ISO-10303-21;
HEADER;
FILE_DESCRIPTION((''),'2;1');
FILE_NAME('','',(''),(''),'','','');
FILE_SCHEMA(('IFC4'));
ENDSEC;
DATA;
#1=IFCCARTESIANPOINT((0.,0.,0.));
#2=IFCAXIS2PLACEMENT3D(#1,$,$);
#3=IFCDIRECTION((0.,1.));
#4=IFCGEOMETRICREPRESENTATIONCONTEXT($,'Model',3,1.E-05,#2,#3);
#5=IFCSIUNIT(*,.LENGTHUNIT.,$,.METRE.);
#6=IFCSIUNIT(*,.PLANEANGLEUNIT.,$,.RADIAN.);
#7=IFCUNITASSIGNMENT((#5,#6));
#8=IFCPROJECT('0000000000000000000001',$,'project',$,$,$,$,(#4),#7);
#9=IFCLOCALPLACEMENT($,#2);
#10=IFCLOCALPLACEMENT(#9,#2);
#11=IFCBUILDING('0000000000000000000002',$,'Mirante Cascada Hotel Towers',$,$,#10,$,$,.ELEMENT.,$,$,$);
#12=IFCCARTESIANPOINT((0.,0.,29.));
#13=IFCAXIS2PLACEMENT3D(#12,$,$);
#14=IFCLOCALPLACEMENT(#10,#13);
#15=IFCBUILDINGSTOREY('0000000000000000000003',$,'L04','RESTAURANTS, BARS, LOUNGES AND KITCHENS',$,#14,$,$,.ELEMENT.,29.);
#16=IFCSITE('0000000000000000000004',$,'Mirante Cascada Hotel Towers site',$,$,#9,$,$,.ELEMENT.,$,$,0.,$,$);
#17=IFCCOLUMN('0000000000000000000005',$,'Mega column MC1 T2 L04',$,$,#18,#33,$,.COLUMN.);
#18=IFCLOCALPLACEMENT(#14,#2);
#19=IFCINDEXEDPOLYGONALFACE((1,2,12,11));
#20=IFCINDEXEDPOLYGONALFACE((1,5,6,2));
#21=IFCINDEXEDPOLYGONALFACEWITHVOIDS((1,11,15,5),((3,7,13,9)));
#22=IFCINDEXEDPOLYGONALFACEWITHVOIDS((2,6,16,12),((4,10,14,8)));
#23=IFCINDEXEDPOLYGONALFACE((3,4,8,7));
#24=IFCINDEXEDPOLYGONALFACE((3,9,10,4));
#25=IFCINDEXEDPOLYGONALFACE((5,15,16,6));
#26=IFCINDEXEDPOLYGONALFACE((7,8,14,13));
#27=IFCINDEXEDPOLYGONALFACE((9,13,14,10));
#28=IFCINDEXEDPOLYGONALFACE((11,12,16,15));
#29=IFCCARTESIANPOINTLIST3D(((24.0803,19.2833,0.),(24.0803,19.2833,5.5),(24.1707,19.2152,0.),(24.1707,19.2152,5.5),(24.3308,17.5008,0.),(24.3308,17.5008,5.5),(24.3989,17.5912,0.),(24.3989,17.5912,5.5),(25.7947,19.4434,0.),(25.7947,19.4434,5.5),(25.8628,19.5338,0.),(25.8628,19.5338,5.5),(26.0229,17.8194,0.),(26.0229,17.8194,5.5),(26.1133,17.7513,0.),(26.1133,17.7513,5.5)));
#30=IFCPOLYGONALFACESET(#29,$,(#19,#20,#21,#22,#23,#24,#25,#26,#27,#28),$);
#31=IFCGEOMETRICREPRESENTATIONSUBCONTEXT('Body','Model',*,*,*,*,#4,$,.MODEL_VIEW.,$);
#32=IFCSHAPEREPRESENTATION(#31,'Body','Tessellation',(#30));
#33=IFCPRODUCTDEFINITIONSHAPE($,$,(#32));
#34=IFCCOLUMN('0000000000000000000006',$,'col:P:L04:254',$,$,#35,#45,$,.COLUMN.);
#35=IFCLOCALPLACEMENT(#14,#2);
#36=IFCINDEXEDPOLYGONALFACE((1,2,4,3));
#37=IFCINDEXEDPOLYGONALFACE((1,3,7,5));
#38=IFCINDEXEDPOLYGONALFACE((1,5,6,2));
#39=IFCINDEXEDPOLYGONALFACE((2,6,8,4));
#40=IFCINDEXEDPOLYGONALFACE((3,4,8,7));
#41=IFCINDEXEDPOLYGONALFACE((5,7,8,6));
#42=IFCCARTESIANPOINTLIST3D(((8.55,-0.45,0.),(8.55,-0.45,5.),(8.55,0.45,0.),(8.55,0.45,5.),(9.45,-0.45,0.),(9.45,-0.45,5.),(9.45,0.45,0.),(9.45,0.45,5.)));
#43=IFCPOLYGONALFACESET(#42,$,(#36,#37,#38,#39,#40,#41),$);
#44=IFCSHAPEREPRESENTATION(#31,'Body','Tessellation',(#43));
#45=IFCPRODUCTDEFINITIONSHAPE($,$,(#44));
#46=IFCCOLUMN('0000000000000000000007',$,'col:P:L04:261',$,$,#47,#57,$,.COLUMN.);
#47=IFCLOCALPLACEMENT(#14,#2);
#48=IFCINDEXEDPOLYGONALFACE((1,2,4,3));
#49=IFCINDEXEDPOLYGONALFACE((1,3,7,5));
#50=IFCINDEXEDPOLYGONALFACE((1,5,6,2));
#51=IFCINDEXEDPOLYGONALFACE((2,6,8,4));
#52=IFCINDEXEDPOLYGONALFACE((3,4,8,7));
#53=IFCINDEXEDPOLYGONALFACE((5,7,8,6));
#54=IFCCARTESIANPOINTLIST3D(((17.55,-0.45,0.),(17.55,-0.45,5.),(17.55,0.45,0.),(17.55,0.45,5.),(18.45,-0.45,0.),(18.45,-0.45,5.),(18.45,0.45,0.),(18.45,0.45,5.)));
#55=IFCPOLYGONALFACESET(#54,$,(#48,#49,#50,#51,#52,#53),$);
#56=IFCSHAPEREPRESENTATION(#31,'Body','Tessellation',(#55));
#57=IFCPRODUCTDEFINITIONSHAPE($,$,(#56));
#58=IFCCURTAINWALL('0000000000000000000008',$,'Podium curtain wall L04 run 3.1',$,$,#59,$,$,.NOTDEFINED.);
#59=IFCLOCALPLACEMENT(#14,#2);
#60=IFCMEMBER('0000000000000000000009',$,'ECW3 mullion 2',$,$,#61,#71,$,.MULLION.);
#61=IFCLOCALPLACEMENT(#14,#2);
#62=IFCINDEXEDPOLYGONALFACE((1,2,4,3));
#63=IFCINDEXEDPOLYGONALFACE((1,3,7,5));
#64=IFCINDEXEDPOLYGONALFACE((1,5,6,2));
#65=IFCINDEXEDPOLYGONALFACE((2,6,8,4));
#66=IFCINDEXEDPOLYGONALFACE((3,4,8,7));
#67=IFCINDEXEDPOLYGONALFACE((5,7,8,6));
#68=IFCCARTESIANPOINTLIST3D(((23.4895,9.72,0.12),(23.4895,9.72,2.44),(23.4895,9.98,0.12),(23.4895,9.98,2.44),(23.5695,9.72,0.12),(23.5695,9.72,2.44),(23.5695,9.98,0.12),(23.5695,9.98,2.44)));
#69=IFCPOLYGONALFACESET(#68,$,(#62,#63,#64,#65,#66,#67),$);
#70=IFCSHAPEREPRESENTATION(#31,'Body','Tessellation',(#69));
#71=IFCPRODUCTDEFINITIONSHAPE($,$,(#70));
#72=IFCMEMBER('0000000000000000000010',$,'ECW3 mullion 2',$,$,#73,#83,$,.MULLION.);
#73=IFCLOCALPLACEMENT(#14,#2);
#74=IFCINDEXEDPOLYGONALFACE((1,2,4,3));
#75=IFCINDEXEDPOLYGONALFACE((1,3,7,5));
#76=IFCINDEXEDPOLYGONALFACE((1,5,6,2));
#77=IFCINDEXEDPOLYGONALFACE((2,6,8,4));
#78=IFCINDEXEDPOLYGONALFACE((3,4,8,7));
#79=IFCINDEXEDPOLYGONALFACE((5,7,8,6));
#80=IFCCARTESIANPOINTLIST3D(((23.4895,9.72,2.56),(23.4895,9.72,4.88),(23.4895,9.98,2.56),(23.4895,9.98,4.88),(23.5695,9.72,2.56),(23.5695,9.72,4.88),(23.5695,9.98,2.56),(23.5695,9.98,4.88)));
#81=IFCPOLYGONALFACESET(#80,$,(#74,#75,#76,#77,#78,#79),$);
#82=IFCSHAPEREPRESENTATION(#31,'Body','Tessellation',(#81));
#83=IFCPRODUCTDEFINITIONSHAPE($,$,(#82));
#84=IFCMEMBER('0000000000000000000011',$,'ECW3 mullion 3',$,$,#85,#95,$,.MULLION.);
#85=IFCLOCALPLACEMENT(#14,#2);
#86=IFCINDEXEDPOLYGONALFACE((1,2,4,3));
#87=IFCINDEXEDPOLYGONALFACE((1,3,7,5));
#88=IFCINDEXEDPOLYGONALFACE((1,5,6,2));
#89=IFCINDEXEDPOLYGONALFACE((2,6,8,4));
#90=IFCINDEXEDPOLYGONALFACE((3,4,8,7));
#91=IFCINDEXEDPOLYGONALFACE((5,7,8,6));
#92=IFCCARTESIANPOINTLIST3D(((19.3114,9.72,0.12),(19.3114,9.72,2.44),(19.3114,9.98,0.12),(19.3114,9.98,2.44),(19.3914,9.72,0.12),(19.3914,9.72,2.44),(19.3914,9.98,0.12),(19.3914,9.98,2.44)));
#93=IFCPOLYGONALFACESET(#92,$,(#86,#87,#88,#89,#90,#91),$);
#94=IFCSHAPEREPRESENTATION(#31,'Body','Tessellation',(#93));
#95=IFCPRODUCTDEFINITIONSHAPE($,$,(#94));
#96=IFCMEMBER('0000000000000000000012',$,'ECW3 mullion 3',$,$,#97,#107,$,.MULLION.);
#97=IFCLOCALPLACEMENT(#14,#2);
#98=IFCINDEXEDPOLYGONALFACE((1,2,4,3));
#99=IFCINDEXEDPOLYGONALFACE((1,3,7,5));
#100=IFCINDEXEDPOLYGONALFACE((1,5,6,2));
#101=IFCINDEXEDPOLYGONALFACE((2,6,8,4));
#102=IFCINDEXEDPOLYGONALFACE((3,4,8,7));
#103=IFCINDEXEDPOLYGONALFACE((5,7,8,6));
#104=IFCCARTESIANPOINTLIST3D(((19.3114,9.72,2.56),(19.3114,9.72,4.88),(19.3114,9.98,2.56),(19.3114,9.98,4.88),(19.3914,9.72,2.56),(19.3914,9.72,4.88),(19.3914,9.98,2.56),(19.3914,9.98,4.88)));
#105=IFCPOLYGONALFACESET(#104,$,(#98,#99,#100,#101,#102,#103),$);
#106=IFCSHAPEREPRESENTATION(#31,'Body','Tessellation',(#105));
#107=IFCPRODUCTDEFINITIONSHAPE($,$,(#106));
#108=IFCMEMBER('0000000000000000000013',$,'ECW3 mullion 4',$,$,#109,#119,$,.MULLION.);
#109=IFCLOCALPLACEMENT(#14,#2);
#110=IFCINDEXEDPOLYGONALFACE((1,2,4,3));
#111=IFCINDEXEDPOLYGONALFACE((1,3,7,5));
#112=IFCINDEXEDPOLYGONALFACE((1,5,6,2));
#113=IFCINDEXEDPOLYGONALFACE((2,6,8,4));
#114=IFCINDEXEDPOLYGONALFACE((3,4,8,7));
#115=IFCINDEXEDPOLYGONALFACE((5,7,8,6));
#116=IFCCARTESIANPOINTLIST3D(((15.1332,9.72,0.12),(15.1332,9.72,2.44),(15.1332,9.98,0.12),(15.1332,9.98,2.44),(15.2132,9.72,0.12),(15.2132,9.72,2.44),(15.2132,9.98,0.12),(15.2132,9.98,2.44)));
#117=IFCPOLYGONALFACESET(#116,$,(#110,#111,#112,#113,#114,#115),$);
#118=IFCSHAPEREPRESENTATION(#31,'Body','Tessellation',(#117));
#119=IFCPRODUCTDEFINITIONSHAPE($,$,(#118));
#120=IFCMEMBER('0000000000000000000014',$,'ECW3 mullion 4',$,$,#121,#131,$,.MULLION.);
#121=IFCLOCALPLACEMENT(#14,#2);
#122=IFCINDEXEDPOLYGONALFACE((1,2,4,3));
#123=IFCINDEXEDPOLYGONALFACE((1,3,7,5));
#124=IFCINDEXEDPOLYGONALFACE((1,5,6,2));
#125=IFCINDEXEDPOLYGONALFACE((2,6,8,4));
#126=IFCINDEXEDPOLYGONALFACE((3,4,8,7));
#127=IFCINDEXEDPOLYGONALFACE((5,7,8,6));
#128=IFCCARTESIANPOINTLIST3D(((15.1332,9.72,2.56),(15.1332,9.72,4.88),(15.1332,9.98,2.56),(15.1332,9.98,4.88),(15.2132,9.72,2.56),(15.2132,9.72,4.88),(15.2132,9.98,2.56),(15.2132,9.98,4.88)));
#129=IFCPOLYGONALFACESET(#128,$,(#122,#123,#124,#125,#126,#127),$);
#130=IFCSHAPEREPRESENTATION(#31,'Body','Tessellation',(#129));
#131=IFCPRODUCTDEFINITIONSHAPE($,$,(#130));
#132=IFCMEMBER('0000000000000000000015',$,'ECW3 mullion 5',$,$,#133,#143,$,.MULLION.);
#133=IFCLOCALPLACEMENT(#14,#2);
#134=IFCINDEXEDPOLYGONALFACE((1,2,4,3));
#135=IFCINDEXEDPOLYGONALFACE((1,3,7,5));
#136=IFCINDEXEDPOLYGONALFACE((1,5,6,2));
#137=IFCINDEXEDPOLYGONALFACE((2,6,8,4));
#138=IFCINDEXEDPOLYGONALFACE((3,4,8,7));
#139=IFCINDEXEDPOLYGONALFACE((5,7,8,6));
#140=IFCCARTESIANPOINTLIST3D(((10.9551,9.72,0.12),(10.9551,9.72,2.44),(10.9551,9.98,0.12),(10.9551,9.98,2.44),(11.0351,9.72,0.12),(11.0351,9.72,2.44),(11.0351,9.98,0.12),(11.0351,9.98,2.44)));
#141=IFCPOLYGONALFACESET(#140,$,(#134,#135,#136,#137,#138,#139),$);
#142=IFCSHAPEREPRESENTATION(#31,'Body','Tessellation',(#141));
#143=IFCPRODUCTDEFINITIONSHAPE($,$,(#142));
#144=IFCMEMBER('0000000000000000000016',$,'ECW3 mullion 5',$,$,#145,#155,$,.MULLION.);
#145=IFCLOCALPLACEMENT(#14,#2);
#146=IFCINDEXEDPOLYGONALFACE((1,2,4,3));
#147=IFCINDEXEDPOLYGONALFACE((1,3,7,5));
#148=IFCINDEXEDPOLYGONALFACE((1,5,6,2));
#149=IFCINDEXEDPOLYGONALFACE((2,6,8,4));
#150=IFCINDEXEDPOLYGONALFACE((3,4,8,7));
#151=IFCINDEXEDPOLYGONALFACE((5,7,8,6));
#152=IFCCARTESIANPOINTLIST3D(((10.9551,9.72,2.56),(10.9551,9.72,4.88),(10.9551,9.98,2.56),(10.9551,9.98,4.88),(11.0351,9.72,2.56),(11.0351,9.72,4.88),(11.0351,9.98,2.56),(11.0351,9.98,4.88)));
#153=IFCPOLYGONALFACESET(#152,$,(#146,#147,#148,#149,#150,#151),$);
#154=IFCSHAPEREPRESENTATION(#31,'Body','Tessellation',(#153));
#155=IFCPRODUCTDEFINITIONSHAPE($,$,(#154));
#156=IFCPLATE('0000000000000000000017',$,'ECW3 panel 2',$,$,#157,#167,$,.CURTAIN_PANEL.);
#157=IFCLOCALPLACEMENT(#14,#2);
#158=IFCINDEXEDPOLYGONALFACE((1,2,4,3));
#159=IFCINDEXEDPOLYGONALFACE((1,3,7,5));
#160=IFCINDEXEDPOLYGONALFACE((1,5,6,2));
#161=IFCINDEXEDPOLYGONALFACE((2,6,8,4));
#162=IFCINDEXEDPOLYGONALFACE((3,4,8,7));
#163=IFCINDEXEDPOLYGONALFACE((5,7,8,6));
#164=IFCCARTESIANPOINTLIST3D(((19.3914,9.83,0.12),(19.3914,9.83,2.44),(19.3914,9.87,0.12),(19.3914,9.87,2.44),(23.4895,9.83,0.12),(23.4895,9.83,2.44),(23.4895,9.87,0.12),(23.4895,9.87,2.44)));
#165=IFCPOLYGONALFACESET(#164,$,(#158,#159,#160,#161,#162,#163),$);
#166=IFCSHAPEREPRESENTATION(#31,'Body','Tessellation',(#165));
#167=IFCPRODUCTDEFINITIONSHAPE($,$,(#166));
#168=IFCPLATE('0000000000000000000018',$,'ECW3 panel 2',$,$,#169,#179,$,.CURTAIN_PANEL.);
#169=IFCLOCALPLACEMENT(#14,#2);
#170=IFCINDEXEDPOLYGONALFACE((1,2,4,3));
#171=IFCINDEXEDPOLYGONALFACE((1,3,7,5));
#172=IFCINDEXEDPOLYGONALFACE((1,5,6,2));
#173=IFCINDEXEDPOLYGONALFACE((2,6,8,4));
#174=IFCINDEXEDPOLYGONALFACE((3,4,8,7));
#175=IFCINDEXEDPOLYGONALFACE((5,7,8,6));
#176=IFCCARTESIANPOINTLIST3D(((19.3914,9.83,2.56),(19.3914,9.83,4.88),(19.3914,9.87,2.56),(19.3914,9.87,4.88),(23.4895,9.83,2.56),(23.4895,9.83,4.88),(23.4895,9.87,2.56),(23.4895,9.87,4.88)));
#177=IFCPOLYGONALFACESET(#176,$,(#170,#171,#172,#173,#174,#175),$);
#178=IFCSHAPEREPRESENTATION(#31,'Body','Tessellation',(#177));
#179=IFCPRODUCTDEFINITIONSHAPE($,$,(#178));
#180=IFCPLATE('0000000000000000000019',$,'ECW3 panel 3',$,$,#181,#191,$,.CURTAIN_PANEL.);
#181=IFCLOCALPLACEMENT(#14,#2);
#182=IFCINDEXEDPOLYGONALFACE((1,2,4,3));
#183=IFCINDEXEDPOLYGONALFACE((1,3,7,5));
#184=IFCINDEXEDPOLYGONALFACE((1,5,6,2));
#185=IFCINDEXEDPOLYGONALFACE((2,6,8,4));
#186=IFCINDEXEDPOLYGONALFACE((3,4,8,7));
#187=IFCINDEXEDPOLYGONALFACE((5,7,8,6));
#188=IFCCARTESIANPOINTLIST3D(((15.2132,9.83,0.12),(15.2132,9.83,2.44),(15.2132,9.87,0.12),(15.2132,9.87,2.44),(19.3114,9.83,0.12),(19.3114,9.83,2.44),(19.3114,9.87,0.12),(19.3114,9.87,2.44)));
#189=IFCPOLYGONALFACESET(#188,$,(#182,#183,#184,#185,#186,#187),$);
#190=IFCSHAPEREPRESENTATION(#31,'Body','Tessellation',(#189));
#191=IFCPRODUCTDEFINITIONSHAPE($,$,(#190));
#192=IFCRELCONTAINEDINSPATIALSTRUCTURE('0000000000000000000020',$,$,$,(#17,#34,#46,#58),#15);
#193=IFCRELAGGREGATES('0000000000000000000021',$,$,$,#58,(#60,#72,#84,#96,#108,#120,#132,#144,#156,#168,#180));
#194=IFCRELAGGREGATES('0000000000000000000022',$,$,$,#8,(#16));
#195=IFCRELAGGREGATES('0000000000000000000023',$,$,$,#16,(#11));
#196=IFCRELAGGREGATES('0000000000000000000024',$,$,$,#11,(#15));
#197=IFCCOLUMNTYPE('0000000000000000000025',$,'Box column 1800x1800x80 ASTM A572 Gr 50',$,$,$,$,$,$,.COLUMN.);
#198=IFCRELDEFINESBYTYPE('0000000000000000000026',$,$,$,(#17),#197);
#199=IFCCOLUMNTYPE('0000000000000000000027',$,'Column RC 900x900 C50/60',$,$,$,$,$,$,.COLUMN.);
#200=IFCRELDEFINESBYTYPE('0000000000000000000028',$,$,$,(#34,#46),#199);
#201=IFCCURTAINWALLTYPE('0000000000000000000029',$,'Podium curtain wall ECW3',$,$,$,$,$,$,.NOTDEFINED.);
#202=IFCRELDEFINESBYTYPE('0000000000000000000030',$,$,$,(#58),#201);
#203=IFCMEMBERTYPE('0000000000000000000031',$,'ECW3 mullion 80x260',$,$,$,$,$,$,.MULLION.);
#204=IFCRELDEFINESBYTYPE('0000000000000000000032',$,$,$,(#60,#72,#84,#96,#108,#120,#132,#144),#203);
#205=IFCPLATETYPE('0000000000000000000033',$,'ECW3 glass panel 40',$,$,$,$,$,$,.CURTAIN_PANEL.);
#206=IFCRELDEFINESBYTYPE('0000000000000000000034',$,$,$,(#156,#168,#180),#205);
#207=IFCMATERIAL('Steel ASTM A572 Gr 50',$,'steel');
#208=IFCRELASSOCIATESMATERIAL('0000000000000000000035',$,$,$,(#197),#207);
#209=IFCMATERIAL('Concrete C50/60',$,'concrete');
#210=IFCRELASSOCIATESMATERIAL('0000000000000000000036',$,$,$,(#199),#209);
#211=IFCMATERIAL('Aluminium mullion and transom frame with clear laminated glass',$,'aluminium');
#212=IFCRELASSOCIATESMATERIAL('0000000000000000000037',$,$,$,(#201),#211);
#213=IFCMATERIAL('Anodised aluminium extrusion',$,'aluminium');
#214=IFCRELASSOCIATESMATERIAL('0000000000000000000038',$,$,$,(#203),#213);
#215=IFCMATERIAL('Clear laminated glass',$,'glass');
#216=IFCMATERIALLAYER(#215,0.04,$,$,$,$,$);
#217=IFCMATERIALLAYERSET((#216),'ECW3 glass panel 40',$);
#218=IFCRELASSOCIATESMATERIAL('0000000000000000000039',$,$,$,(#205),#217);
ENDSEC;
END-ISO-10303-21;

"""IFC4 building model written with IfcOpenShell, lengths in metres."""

from ifc_helpers import new_model, si_unit, direction, frame, origin, origin_2d, place, context, subcontext, project, spatial, rectangle, hollow_rectangle, extrude, material, layer, layer_set, material_profile, profile_set, type_object, element, aggregate, save


model = new_model("IFC4")

# Units and contexts
model_context = context("Model", 3, precision=1e-05, world=origin(), true_north=direction((0.0, 1.0)))
body_context = subcontext(model_context, "Body", "Model", "MODEL_VIEW")
ifc_project = project(units=[si_unit("LENGTHUNIT", "METRE"), si_unit("PLANEANGLEUNIT", "RADIAN")], contexts=[model_context])

# Site, building, storey
site_placement = place(None, origin())
site = spatial("IfcSite", under=ifc_project, at=site_placement, Name="Mirante Cascada Hotel Towers site", CompositionType="ELEMENT", RefElevation=0.0)
building_placement = place(site_placement, origin())
building = spatial("IfcBuilding", under=site, at=building_placement, Name="Mirante Cascada Hotel Towers", CompositionType="ELEMENT")
storey_placement = place(building_placement, frame((0.0, 0.0, 29.0)))
storey = spatial("IfcBuildingStorey", under=building, at=storey_placement, Name="L04", Description="RESTAURANTS, BARS, LOUNGES AND KITCHENS", CompositionType="ELEMENT", Elevation=29.0)

# Columns
ifc_material_1 = material(Name="Steel ASTM A572 Gr 50", Category="steel")
ifc_material_profile_1 = material_profile(ifc_material_1, hollow_rectangle(XDim=1.8, YDim=1.8, WallThickness=0.08, at=origin_2d()), Name="Box column 1800x1800x80 ASTM A572 Gr 50")
ifc_profile_set_1 = profile_set([ifc_material_profile_1], Name="Steel ASTM A572 Gr 50")
column_type_1 = type_object("IfcColumnType", Name="Box column 1800x1800x80 ASTM A572 Gr 50", PredefinedType="COLUMN", material=ifc_profile_set_1)
column_placement = place(storey_placement, frame((25.0968, 18.5173, 0.0), z_axis=(0.0, 0.0, 1.0), x_axis=(0.990268, 0.139173, 0.0)))
element("IfcColumn", 1, at=column_placement, inside=storey, type_object=column_type_1, Name="Mega column MC1 T2 L04", PredefinedType="COLUMN", context=body_context, shape_type="SweptSolid", body=[
    extrude(hollow_rectangle(XDim=1.8, YDim=1.8, WallThickness=0.08, at=origin_2d()), origin(), (0.0, 0.0, 1.0), 5.5),
])
ifc_material_2 = material(Name="Concrete C50/60", Category="concrete")
ifc_material_profile_2 = material_profile(ifc_material_2, rectangle(XDim=0.9, YDim=0.9, at=origin_2d()), Name="RC 900x900")
ifc_profile_set_2 = profile_set([ifc_material_profile_2], Name="Concrete C50/60")
column_type_2 = type_object("IfcColumnType", Name="Column RC 900x900 C50/60", PredefinedType="COLUMN", material=ifc_profile_set_2)
for number, where, z_axis, x_axis, name in (
    (2, (9.0, 0.0, 0.0), (0.0, 0.0, 1.0), (1.0, 0.0, 0.0), "col:P:L04:254"),
    (3, (18.0, 0.0, 0.0), (0.0, 0.0, 1.0), (1.0, 0.0, 0.0), "col:P:L04:261"),
):
    element("IfcColumn", number, at=place(storey_placement, frame(where, z_axis=z_axis, x_axis=x_axis)), inside=storey, type_object=column_type_2, Name=name, PredefinedType="COLUMN", context=body_context, shape_type="SweptSolid", body=[
        extrude(rectangle(XDim=0.9, YDim=0.9, at=origin_2d()), origin(), (0.0, 0.0, 1.0), 5.0),
    ])

# Curtain wall, members, plates
ifc_material_3 = material(Name="Aluminium mullion and transom frame with clear laminated glass", Category="aluminium")
curtain_wall_type = type_object("IfcCurtainWallType", Name="Podium curtain wall ECW3", PredefinedType="NOTDEFINED", material=ifc_material_3)
curtain_wall_placement = place(storey_placement, origin())
curtain_wall = element("IfcCurtainWall", 4, at=curtain_wall_placement, inside=storey, type_object=curtain_wall_type, Name="Podium curtain wall L04 run 3.1", PredefinedType="NOTDEFINED")
ifc_material_4 = material(Name="Anodised aluminium extrusion", Category="aluminium")
ifc_material_profile_3 = material_profile(ifc_material_4, rectangle(XDim=0.26, YDim=0.08, at=origin_2d()), Name="ECW3 MULLION 80x260")
ifc_profile_set_3 = profile_set([ifc_material_profile_3], Name="Anodised aluminium extrusion")
member_type = type_object("IfcMemberType", Name="ECW3 mullion 80x260", PredefinedType="MULLION", material=ifc_profile_set_3)
member_1_placement = place(storey_placement, frame((23.5295, 9.85, 0.12), z_axis=(0.0, 0.0, 1.0), x_axis=(0.0, -1.0, 0.0)))
member_1 = element("IfcMember", 5, at=member_1_placement, type_object=member_type, Name="ECW3 mullion 2", PredefinedType="MULLION", context=body_context, shape_type="SweptSolid", body=[
    extrude(rectangle(XDim=0.26, YDim=0.08, at=origin_2d()), origin(), (0.0, 0.0, 1.0), 2.32),
])
member_2_placement = place(storey_placement, frame((23.5295, 9.85, 2.56), z_axis=(0.0, 0.0, 1.0), x_axis=(0.0, -1.0, 0.0)))
member_2 = element("IfcMember", 6, at=member_2_placement, type_object=member_type, Name="ECW3 mullion 2", PredefinedType="MULLION", context=body_context, shape_type="SweptSolid", body=[
    extrude(rectangle(XDim=0.26, YDim=0.08, at=origin_2d()), origin(), (0.0, 0.0, 1.0), 2.32),
])
member_3_placement = place(storey_placement, frame((19.3514, 9.85, 0.12), z_axis=(0.0, 0.0, 1.0), x_axis=(0.0, -1.0, 0.0)))
member_3 = element("IfcMember", 7, at=member_3_placement, type_object=member_type, Name="ECW3 mullion 3", PredefinedType="MULLION", context=body_context, shape_type="SweptSolid", body=[
    extrude(rectangle(XDim=0.26, YDim=0.08, at=origin_2d()), origin(), (0.0, 0.0, 1.0), 2.32),
])
member_4_placement = place(storey_placement, frame((19.3514, 9.85, 2.56), z_axis=(0.0, 0.0, 1.0), x_axis=(0.0, -1.0, 0.0)))
member_4 = element("IfcMember", 8, at=member_4_placement, type_object=member_type, Name="ECW3 mullion 3", PredefinedType="MULLION", context=body_context, shape_type="SweptSolid", body=[
    extrude(rectangle(XDim=0.26, YDim=0.08, at=origin_2d()), origin(), (0.0, 0.0, 1.0), 2.32),
])
member_5_placement = place(storey_placement, frame((15.1732, 9.85, 0.12), z_axis=(0.0, 0.0, 1.0), x_axis=(0.0, -1.0, 0.0)))
member_5 = element("IfcMember", 9, at=member_5_placement, type_object=member_type, Name="ECW3 mullion 4", PredefinedType="MULLION", context=body_context, shape_type="SweptSolid", body=[
    extrude(rectangle(XDim=0.26, YDim=0.08, at=origin_2d()), origin(), (0.0, 0.0, 1.0), 2.32),
])
member_6_placement = place(storey_placement, frame((15.1732, 9.85, 2.56), z_axis=(0.0, 0.0, 1.0), x_axis=(0.0, -1.0, 0.0)))
member_6 = element("IfcMember", 10, at=member_6_placement, type_object=member_type, Name="ECW3 mullion 4", PredefinedType="MULLION", context=body_context, shape_type="SweptSolid", body=[
    extrude(rectangle(XDim=0.26, YDim=0.08, at=origin_2d()), origin(), (0.0, 0.0, 1.0), 2.32),
])
member_7_placement = place(storey_placement, frame((10.9951, 9.85, 0.12), z_axis=(0.0, 0.0, 1.0), x_axis=(0.0, -1.0, 0.0)))
member_7 = element("IfcMember", 11, at=member_7_placement, type_object=member_type, Name="ECW3 mullion 5", PredefinedType="MULLION", context=body_context, shape_type="SweptSolid", body=[
    extrude(rectangle(XDim=0.26, YDim=0.08, at=origin_2d()), origin(), (0.0, 0.0, 1.0), 2.32),
])
member_8_placement = place(storey_placement, frame((10.9951, 9.85, 2.56), z_axis=(0.0, 0.0, 1.0), x_axis=(0.0, -1.0, 0.0)))
member_8 = element("IfcMember", 12, at=member_8_placement, type_object=member_type, Name="ECW3 mullion 5", PredefinedType="MULLION", context=body_context, shape_type="SweptSolid", body=[
    extrude(rectangle(XDim=0.26, YDim=0.08, at=origin_2d()), origin(), (0.0, 0.0, 1.0), 2.32),
])
ifc_material_5 = material(Name="Clear laminated glass", Category="glass")
ifc_layer_1 = layer(ifc_material_5, 0.04)
ifc_layer_set_1 = layer_set([ifc_layer_1], Name="ECW3 glass panel 40")
plate_type = type_object("IfcPlateType", Name="ECW3 glass panel 40", PredefinedType="CURTAIN_PANEL", material=ifc_layer_set_1)
plate_1_placement = place(storey_placement, frame((21.4404, 9.85, 0.12), z_axis=(0.0, 0.0, 1.0), x_axis=(-1.0, 0.0, 0.0)))
plate_1 = element("IfcPlate", 13, at=plate_1_placement, type_object=plate_type, Name="ECW3 panel 2", PredefinedType="CURTAIN_PANEL", context=body_context, shape_type="SweptSolid", body=[
    extrude(rectangle(XDim=4.0981, YDim=0.04, at=origin_2d()), origin(), (0.0, 0.0, 1.0), 2.32),
])
plate_2_placement = place(storey_placement, frame((21.4404, 9.85, 2.56), z_axis=(0.0, 0.0, 1.0), x_axis=(-1.0, 0.0, 0.0)))
plate_2 = element("IfcPlate", 14, at=plate_2_placement, type_object=plate_type, Name="ECW3 panel 2", PredefinedType="CURTAIN_PANEL", context=body_context, shape_type="SweptSolid", body=[
    extrude(rectangle(XDim=4.0981, YDim=0.04, at=origin_2d()), origin(), (0.0, 0.0, 1.0), 2.32),
])
plate_3_placement = place(storey_placement, frame((17.2623, 9.85, 0.12), z_axis=(0.0, 0.0, 1.0), x_axis=(-1.0, 0.0, 0.0)))
plate_3 = element("IfcPlate", 15, at=plate_3_placement, type_object=plate_type, Name="ECW3 panel 3", PredefinedType="CURTAIN_PANEL", context=body_context, shape_type="SweptSolid", body=[
    extrude(rectangle(XDim=4.0981, YDim=0.04, at=origin_2d()), origin(), (0.0, 0.0, 1.0), 2.32),
])
aggregate(curtain_wall, [member_1, member_2, member_3, member_4, member_5, member_6, member_7, member_8, plate_1, plate_2, plate_3])

save(model, "model.ifc")
